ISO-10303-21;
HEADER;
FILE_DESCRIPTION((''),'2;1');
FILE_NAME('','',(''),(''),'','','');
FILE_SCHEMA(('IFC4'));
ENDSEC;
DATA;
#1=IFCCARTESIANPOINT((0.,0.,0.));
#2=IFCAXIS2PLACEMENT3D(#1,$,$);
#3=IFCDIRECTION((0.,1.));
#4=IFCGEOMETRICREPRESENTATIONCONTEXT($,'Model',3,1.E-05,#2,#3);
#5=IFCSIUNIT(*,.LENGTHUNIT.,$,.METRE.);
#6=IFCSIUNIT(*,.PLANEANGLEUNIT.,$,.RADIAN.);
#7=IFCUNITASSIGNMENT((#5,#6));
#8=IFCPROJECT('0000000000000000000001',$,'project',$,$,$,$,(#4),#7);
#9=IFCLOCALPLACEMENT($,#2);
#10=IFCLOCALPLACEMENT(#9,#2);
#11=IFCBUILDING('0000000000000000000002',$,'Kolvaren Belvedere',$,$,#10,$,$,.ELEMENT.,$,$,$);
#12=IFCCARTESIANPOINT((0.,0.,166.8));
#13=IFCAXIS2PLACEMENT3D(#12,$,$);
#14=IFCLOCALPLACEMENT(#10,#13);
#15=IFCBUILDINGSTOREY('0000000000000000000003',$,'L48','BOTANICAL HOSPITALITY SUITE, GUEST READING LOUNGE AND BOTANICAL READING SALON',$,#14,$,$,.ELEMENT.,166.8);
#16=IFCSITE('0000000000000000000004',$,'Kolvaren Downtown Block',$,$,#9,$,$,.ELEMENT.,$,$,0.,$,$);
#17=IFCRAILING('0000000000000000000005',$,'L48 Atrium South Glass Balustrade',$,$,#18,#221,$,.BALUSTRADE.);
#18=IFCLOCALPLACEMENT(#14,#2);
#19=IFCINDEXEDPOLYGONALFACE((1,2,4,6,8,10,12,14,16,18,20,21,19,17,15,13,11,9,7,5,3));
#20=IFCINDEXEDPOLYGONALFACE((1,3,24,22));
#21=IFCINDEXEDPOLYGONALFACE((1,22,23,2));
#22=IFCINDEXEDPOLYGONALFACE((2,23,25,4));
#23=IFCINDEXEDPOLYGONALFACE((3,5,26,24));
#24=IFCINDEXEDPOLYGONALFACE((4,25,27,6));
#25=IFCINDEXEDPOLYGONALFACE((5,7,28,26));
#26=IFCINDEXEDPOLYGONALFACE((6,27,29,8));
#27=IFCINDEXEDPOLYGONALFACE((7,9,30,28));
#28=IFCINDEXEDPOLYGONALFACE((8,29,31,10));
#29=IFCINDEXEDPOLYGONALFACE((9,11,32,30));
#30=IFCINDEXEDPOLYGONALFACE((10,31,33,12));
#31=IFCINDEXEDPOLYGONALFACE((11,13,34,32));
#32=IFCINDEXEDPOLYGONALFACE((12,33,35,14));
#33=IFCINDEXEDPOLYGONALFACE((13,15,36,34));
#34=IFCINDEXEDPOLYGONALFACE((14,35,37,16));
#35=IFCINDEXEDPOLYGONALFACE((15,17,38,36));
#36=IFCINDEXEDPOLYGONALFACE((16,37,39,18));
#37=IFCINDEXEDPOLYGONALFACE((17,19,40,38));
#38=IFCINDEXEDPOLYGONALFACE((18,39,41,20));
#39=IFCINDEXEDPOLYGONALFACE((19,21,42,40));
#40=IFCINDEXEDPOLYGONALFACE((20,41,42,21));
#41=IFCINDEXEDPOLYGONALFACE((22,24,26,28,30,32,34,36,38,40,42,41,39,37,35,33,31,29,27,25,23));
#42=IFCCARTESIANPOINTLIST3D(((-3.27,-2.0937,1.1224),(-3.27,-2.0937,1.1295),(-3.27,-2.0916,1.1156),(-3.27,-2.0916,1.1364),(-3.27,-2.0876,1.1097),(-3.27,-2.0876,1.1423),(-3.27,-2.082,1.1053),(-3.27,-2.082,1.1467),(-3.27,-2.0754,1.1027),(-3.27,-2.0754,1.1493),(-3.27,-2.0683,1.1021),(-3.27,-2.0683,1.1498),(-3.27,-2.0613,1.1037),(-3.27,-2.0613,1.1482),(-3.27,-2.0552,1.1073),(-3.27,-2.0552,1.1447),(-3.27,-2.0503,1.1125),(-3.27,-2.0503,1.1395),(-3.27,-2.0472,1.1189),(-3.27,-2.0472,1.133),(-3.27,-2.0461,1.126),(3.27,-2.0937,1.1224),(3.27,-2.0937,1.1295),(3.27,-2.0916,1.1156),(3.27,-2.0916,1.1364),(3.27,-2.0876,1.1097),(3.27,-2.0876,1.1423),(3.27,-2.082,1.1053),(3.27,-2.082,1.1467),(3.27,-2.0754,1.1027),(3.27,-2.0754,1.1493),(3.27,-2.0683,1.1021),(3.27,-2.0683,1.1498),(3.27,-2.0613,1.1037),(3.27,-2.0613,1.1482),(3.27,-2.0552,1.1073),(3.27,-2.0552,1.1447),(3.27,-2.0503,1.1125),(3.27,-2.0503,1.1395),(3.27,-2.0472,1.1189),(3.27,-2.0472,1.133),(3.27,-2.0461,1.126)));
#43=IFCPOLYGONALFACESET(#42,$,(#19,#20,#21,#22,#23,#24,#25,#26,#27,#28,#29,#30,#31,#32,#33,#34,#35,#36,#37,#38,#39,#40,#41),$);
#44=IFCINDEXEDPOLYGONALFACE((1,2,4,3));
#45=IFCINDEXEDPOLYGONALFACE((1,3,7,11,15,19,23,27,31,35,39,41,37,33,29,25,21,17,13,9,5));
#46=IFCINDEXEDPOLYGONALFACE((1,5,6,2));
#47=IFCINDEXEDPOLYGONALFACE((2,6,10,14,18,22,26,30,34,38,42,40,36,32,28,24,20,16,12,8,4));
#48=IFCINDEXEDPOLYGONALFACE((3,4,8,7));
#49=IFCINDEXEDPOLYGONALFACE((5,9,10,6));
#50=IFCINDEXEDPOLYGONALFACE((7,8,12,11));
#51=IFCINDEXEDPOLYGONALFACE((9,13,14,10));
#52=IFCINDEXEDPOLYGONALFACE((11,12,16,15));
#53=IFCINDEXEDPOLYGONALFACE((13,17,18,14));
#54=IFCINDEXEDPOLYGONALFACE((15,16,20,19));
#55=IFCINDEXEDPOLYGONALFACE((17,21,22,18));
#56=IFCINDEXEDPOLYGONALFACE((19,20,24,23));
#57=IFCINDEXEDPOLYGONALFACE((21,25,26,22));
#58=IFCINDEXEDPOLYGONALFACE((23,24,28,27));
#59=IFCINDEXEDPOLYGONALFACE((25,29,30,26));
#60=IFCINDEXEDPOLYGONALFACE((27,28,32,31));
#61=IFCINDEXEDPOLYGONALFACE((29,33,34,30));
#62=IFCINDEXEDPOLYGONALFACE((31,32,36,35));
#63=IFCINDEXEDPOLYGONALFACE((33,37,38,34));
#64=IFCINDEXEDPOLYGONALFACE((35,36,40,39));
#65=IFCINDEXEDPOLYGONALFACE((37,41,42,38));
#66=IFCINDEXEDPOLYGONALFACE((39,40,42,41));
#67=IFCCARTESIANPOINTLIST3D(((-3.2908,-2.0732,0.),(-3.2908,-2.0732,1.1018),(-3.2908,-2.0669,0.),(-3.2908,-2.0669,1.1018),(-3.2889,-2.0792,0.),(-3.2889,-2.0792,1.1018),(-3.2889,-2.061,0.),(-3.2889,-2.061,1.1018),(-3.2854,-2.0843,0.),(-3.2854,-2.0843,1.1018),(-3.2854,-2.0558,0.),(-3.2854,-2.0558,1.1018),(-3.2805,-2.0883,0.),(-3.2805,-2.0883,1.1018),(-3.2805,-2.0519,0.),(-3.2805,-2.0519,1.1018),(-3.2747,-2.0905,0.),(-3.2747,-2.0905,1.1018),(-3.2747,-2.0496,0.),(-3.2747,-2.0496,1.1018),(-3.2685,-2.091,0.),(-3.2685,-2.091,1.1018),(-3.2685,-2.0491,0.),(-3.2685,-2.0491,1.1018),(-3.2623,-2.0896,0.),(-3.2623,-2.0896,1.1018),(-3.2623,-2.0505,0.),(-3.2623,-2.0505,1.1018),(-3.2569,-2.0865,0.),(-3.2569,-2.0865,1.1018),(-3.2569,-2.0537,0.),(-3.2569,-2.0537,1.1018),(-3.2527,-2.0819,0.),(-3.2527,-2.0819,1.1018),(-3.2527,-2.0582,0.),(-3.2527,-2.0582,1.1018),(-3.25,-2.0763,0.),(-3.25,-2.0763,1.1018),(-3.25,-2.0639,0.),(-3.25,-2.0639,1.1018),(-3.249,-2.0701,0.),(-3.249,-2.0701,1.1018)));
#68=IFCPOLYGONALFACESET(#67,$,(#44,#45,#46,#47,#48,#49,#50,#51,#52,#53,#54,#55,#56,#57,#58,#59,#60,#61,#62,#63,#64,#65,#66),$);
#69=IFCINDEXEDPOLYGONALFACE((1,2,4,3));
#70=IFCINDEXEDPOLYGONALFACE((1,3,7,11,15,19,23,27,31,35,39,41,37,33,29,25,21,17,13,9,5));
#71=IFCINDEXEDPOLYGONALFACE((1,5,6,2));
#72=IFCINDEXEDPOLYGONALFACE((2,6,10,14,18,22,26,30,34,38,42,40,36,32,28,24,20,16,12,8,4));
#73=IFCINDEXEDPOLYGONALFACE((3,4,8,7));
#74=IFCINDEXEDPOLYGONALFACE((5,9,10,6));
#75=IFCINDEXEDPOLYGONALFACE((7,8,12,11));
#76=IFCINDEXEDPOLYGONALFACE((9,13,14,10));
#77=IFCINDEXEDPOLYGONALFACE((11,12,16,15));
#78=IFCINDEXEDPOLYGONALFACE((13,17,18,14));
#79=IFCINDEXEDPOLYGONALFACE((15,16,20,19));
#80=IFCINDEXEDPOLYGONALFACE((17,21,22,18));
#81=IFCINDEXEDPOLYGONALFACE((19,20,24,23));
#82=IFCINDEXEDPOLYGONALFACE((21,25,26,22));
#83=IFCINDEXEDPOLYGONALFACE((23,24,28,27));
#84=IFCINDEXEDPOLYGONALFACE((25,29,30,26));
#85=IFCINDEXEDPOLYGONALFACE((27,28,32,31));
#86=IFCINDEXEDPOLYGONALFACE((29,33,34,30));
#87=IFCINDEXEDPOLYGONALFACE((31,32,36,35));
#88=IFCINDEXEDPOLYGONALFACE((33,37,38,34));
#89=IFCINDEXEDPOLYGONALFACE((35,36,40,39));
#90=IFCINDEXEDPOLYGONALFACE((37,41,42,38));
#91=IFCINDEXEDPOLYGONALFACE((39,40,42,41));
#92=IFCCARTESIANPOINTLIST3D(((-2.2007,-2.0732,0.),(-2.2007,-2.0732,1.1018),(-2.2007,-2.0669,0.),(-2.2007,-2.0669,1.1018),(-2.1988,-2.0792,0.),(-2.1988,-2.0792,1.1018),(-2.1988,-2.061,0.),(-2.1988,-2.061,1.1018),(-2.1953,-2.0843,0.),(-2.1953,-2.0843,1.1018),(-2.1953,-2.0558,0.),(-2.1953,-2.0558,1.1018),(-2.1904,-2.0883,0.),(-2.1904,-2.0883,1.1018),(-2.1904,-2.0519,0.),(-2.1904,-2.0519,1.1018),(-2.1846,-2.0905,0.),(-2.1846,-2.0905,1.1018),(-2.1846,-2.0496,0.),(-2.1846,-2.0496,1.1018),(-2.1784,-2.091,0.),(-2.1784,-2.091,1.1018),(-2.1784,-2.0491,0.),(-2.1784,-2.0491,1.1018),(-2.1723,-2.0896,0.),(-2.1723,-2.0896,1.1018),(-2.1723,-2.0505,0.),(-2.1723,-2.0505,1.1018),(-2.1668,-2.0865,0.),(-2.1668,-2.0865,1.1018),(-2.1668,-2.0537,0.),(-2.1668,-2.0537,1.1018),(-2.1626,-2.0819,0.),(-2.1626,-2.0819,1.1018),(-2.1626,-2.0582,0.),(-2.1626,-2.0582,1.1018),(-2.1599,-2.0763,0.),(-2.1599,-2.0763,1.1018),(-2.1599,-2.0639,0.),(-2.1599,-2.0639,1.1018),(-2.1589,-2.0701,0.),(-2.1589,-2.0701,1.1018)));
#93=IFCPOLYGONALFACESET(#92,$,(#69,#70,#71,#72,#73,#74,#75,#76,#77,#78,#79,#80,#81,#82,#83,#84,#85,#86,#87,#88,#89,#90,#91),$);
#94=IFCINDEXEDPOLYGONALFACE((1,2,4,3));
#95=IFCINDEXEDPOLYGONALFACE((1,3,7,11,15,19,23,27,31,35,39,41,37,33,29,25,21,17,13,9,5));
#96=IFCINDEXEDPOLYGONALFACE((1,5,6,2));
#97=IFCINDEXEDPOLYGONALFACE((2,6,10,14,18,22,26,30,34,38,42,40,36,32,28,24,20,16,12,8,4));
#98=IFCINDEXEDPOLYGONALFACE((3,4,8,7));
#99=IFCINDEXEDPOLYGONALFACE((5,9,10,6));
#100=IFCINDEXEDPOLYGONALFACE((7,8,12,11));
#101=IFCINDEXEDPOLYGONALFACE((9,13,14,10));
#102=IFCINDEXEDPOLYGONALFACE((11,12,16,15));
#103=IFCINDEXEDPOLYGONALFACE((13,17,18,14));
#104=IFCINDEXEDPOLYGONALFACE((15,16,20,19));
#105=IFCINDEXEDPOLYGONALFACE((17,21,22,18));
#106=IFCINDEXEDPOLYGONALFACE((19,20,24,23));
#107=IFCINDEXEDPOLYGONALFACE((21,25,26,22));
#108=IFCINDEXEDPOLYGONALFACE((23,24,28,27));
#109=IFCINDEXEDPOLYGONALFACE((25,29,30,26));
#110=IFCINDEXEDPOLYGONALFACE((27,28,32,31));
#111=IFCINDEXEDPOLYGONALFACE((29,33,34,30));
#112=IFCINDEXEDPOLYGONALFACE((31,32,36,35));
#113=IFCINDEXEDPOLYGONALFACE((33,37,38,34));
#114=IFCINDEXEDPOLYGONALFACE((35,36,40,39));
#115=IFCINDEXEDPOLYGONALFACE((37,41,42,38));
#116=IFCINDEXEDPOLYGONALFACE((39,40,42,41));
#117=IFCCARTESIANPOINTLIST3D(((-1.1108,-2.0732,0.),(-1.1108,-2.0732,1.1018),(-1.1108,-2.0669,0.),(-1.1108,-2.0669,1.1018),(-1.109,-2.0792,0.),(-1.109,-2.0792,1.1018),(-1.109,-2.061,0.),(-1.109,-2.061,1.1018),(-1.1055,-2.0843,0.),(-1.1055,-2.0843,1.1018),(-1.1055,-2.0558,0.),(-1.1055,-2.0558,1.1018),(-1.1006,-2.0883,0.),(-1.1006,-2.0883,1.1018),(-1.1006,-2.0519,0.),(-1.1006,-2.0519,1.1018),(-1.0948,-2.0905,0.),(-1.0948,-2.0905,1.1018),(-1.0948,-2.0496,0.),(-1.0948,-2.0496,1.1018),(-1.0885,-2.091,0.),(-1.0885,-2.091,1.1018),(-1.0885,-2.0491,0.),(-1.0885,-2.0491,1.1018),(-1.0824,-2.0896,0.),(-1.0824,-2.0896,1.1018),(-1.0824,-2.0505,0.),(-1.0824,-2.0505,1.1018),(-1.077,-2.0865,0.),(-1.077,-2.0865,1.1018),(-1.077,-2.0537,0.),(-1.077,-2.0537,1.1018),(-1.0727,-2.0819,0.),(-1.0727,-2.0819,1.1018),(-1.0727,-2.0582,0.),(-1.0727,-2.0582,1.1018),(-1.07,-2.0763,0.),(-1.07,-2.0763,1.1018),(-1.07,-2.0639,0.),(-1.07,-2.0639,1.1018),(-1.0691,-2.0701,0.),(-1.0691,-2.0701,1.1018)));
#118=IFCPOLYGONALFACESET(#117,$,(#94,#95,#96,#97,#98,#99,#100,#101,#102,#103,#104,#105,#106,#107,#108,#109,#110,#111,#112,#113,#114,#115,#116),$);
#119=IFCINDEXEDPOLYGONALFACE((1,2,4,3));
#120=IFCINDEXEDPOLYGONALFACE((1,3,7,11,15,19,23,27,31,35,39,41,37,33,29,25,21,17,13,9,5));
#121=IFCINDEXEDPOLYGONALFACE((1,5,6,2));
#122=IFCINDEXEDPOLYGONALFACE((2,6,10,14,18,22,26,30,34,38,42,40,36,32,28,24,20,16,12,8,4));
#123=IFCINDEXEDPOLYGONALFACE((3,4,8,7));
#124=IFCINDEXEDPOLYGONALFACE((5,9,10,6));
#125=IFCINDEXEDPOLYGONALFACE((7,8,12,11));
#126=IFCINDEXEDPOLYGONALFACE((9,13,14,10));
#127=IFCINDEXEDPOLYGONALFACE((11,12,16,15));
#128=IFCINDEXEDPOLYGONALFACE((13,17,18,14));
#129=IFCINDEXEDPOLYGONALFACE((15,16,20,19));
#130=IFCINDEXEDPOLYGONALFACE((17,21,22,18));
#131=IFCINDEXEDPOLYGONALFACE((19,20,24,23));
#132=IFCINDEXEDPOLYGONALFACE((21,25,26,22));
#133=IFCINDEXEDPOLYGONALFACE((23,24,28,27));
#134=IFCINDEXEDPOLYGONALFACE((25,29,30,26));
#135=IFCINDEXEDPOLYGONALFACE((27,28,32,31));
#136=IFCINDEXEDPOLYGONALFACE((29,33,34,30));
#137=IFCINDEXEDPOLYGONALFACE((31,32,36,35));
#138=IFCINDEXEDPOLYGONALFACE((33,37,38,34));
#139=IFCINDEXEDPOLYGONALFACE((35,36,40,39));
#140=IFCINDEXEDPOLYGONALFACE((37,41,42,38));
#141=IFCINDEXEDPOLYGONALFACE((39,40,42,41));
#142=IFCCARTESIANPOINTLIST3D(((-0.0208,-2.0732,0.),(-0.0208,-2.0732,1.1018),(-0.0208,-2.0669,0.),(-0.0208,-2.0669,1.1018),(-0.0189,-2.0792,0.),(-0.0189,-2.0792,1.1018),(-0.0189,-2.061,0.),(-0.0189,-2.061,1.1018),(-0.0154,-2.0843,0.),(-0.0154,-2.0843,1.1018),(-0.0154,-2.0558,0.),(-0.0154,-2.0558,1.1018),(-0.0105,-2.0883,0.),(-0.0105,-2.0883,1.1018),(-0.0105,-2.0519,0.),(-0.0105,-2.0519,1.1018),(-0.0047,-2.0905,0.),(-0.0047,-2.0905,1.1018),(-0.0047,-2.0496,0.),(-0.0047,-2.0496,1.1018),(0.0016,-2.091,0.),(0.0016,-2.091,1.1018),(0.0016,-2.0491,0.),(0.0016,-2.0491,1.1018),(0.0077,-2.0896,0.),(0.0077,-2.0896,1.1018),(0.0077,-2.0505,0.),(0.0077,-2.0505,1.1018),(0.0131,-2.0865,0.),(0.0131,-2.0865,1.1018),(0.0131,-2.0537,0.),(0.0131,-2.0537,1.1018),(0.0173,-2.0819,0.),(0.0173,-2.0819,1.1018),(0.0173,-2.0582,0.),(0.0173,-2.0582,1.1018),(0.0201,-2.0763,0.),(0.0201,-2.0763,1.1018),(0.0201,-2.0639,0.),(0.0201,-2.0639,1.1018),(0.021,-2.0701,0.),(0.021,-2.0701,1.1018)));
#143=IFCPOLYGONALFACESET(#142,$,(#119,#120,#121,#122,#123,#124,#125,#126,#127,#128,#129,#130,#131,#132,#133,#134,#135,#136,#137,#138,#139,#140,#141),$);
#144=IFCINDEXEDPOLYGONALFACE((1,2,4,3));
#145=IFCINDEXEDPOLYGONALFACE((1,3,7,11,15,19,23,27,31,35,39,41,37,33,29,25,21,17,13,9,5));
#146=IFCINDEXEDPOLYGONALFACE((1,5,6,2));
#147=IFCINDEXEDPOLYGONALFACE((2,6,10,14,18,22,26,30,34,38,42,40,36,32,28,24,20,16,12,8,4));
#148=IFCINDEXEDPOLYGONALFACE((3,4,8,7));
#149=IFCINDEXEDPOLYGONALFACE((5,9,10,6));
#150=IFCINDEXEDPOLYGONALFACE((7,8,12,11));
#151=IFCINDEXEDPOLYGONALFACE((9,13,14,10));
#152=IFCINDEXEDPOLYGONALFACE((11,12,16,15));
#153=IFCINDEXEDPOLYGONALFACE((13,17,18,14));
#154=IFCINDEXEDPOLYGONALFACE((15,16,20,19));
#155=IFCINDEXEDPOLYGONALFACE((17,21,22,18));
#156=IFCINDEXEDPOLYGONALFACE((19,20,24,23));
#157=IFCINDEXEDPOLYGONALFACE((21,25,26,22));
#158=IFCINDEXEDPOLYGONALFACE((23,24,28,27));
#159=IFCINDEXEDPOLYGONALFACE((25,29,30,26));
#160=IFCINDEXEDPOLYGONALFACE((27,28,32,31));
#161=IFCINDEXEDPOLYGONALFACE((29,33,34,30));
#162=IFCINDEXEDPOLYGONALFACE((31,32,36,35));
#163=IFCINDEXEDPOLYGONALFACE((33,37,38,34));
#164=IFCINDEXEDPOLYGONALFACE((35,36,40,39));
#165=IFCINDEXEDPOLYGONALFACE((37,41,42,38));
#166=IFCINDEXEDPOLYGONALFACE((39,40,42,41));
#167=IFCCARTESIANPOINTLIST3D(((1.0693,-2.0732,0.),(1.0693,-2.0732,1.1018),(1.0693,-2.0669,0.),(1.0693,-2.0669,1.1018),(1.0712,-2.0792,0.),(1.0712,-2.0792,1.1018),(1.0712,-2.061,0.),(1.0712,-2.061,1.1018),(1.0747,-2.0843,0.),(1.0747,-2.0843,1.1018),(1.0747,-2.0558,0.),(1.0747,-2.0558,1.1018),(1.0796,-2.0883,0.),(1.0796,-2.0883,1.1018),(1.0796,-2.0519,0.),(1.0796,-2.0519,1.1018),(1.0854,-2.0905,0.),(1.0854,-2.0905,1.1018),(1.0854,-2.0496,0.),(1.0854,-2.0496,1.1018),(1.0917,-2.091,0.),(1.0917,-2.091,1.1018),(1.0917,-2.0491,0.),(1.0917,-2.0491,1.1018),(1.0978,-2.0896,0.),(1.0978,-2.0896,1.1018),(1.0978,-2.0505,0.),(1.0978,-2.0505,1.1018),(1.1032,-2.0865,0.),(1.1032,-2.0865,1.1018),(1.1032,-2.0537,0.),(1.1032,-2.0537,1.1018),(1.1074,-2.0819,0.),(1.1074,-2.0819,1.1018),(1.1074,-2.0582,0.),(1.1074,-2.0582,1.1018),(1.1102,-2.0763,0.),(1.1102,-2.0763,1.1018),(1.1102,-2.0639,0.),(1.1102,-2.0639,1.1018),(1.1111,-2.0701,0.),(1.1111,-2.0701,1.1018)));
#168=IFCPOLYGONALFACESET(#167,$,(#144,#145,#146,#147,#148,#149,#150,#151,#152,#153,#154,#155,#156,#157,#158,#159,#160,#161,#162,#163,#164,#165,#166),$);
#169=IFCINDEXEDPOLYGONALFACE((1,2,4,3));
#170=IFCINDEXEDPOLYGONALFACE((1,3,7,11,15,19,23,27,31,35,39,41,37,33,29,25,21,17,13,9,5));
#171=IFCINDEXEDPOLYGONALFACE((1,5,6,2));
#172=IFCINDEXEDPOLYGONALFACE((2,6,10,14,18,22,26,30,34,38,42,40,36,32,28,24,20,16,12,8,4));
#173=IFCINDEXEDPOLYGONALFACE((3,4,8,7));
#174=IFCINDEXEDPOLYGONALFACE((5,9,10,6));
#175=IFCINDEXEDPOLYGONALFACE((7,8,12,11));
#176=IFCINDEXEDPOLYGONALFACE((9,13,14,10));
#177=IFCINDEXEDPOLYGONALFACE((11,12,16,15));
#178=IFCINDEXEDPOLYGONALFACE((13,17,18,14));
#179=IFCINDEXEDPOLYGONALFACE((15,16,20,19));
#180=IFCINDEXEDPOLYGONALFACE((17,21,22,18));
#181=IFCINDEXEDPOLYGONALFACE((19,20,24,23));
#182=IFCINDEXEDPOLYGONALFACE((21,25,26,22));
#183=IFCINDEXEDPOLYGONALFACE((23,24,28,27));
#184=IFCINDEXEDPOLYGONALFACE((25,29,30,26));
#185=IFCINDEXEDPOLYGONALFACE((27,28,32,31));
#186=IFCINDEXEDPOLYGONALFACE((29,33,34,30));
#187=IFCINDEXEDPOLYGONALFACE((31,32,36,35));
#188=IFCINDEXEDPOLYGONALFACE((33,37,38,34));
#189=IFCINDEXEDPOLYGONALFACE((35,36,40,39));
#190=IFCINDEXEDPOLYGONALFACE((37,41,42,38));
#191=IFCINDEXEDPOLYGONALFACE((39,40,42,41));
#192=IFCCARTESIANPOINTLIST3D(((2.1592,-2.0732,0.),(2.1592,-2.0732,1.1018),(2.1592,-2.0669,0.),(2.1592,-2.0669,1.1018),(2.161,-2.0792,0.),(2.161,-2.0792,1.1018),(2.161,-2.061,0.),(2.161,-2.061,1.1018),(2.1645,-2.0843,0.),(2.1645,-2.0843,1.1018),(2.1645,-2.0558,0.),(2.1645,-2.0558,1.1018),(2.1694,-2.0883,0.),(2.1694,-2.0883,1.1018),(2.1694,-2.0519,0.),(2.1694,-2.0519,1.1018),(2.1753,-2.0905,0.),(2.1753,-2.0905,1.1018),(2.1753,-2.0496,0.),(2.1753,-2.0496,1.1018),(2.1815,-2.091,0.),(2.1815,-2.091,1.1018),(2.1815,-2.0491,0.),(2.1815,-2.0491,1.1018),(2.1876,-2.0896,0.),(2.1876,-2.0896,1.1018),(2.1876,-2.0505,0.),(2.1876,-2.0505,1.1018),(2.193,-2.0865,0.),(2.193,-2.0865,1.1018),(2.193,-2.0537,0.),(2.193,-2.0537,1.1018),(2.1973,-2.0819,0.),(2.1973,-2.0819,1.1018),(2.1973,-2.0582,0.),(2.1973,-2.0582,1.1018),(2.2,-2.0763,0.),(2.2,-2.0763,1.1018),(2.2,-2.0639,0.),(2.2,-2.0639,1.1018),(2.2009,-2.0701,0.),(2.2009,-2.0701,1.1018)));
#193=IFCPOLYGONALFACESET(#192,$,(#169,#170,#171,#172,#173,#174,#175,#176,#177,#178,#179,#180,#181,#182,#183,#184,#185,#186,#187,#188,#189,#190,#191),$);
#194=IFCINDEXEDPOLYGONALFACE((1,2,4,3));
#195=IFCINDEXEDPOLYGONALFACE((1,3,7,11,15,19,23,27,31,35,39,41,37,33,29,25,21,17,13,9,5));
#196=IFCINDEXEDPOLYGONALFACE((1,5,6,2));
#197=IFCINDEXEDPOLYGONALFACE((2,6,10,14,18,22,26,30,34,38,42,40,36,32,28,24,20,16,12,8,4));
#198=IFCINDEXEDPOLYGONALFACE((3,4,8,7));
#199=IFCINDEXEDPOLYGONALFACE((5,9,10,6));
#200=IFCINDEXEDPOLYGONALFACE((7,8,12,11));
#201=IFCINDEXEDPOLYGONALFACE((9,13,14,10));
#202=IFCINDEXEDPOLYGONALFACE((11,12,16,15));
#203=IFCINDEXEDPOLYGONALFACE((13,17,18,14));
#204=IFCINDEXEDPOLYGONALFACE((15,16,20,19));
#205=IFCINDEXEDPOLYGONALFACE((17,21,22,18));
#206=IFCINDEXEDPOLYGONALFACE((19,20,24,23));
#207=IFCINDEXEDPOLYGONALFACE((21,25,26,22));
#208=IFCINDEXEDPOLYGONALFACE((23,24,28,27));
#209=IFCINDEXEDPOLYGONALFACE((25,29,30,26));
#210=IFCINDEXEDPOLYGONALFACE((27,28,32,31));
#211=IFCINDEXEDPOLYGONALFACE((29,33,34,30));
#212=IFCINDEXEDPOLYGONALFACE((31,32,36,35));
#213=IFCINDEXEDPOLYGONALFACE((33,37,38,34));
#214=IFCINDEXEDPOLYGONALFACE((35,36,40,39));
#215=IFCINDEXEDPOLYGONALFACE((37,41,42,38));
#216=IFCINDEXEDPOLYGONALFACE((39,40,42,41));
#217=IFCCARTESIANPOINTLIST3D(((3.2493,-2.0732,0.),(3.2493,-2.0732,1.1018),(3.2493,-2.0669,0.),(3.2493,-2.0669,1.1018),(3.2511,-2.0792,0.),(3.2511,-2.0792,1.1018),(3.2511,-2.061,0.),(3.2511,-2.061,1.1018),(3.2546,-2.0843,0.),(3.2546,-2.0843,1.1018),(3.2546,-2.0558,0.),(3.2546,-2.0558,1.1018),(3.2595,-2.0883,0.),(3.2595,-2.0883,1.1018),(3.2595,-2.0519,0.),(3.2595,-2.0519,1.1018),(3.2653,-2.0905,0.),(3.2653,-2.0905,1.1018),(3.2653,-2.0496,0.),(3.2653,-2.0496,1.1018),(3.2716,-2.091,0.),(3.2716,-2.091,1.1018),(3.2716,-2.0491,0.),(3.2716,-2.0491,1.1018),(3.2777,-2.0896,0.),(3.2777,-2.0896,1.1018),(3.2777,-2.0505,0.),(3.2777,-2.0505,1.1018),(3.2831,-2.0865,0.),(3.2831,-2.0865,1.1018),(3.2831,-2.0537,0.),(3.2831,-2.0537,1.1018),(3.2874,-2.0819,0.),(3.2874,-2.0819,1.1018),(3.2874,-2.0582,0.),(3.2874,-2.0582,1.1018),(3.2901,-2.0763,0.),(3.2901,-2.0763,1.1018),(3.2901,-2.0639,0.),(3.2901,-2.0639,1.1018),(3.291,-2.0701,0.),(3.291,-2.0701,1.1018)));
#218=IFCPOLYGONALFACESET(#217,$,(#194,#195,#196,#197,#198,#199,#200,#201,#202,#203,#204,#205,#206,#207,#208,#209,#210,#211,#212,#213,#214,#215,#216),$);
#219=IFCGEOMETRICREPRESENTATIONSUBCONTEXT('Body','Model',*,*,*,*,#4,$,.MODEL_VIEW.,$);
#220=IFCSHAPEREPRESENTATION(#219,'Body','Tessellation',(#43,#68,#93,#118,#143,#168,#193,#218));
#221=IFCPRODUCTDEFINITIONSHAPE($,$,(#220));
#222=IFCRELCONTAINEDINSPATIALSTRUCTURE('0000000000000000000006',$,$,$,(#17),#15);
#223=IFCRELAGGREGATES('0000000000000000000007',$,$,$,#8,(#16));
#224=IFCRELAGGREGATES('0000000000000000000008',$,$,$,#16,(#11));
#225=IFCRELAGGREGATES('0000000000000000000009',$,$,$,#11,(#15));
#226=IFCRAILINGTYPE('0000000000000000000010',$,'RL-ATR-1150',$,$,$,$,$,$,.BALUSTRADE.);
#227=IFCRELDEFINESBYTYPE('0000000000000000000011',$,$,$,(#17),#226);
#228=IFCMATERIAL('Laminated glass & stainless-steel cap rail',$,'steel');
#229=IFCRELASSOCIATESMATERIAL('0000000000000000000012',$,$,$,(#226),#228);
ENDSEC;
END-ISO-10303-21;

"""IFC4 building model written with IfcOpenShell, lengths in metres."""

from ifc_helpers import new_model, si_unit, direction, frame, origin, origin_2d, place, context, subcontext, project, spatial, circle, extrude, material, type_object, element, save


model = new_model("IFC4")

# Units and contexts
model_context = context("Model", 3, precision=1e-05, world=origin(), true_north=direction((0.0, 1.0)))
body_context = subcontext(model_context, "Body", "Model", "MODEL_VIEW")
ifc_project = project(units=[si_unit("LENGTHUNIT", "METRE"), si_unit("PLANEANGLEUNIT", "RADIAN")], contexts=[model_context])

# Site, building, storey
site_placement = place(None, origin())
site = spatial("IfcSite", under=ifc_project, at=site_placement, Name="Kolvaren Downtown Block", CompositionType="ELEMENT", RefElevation=0.0)
building_placement = place(site_placement, origin())
building = spatial("IfcBuilding", under=site, at=building_placement, Name="Kolvaren Belvedere", CompositionType="ELEMENT")
storey_placement = place(building_placement, frame((0.0, 0.0, 166.8)))
storey = spatial("IfcBuildingStorey", under=building, at=storey_placement, Name="L48", Description="BOTANICAL HOSPITALITY SUITE, GUEST READING LOUNGE AND BOTANICAL READING SALON", CompositionType="ELEMENT", Elevation=166.8)

# Railing
ifc_material_1 = material(Name="Laminated glass & stainless-steel cap rail", Category="steel")
railing_type_1 = type_object("IfcRailingType", Name="RL-ATR-1150", PredefinedType="BALUSTRADE", material=ifc_material_1)
railing_1_placement = place(storey_placement, frame((-3.27, -2.0701, 0.0)))
element("IfcRailing", 1, at=railing_1_placement, inside=storey, type_object=railing_type_1, Name="L48 Atrium South Glass Balustrade", PredefinedType="BALUSTRADE", context=body_context, shape_type="SweptSolid", body=[
    extrude(circle(Radius=0.0239, at=origin_2d()), frame((0.0, 0.0, 1.126), z_axis=(1.0, 0.0, 0.0), x_axis=(0.0, 1.0, 0.0)), (0.0, 0.0, 1.0), 6.54),
    extrude(circle(Radius=0.021, at=origin_2d()), origin(), (0.0, 0.0, 1.0), 1.1018),
    extrude(circle(Radius=0.021, at=origin_2d()), frame((1.0901, 0.0, 0.0)), (0.0, 0.0, 1.0), 1.1018),
    extrude(circle(Radius=0.021, at=origin_2d()), frame((2.1799, 0.0, 0.0)), (0.0, 0.0, 1.0), 1.1018),
    extrude(circle(Radius=0.021, at=origin_2d()), frame((3.27, 0.0, 0.0)), (0.0, 0.0, 1.0), 1.1018),
    extrude(circle(Radius=0.021, at=origin_2d()), frame((4.3601, 0.0, 0.0)), (0.0, 0.0, 1.0), 1.1018),
    extrude(circle(Radius=0.021, at=origin_2d()), frame((5.45, 0.0, 0.0)), (0.0, 0.0, 1.0), 1.1018),
    extrude(circle(Radius=0.021, at=origin_2d()), frame((6.54, 0.0, 0.0)), (0.0, 0.0, 1.0), 1.1018),
])

save(model, "model.ifc")
